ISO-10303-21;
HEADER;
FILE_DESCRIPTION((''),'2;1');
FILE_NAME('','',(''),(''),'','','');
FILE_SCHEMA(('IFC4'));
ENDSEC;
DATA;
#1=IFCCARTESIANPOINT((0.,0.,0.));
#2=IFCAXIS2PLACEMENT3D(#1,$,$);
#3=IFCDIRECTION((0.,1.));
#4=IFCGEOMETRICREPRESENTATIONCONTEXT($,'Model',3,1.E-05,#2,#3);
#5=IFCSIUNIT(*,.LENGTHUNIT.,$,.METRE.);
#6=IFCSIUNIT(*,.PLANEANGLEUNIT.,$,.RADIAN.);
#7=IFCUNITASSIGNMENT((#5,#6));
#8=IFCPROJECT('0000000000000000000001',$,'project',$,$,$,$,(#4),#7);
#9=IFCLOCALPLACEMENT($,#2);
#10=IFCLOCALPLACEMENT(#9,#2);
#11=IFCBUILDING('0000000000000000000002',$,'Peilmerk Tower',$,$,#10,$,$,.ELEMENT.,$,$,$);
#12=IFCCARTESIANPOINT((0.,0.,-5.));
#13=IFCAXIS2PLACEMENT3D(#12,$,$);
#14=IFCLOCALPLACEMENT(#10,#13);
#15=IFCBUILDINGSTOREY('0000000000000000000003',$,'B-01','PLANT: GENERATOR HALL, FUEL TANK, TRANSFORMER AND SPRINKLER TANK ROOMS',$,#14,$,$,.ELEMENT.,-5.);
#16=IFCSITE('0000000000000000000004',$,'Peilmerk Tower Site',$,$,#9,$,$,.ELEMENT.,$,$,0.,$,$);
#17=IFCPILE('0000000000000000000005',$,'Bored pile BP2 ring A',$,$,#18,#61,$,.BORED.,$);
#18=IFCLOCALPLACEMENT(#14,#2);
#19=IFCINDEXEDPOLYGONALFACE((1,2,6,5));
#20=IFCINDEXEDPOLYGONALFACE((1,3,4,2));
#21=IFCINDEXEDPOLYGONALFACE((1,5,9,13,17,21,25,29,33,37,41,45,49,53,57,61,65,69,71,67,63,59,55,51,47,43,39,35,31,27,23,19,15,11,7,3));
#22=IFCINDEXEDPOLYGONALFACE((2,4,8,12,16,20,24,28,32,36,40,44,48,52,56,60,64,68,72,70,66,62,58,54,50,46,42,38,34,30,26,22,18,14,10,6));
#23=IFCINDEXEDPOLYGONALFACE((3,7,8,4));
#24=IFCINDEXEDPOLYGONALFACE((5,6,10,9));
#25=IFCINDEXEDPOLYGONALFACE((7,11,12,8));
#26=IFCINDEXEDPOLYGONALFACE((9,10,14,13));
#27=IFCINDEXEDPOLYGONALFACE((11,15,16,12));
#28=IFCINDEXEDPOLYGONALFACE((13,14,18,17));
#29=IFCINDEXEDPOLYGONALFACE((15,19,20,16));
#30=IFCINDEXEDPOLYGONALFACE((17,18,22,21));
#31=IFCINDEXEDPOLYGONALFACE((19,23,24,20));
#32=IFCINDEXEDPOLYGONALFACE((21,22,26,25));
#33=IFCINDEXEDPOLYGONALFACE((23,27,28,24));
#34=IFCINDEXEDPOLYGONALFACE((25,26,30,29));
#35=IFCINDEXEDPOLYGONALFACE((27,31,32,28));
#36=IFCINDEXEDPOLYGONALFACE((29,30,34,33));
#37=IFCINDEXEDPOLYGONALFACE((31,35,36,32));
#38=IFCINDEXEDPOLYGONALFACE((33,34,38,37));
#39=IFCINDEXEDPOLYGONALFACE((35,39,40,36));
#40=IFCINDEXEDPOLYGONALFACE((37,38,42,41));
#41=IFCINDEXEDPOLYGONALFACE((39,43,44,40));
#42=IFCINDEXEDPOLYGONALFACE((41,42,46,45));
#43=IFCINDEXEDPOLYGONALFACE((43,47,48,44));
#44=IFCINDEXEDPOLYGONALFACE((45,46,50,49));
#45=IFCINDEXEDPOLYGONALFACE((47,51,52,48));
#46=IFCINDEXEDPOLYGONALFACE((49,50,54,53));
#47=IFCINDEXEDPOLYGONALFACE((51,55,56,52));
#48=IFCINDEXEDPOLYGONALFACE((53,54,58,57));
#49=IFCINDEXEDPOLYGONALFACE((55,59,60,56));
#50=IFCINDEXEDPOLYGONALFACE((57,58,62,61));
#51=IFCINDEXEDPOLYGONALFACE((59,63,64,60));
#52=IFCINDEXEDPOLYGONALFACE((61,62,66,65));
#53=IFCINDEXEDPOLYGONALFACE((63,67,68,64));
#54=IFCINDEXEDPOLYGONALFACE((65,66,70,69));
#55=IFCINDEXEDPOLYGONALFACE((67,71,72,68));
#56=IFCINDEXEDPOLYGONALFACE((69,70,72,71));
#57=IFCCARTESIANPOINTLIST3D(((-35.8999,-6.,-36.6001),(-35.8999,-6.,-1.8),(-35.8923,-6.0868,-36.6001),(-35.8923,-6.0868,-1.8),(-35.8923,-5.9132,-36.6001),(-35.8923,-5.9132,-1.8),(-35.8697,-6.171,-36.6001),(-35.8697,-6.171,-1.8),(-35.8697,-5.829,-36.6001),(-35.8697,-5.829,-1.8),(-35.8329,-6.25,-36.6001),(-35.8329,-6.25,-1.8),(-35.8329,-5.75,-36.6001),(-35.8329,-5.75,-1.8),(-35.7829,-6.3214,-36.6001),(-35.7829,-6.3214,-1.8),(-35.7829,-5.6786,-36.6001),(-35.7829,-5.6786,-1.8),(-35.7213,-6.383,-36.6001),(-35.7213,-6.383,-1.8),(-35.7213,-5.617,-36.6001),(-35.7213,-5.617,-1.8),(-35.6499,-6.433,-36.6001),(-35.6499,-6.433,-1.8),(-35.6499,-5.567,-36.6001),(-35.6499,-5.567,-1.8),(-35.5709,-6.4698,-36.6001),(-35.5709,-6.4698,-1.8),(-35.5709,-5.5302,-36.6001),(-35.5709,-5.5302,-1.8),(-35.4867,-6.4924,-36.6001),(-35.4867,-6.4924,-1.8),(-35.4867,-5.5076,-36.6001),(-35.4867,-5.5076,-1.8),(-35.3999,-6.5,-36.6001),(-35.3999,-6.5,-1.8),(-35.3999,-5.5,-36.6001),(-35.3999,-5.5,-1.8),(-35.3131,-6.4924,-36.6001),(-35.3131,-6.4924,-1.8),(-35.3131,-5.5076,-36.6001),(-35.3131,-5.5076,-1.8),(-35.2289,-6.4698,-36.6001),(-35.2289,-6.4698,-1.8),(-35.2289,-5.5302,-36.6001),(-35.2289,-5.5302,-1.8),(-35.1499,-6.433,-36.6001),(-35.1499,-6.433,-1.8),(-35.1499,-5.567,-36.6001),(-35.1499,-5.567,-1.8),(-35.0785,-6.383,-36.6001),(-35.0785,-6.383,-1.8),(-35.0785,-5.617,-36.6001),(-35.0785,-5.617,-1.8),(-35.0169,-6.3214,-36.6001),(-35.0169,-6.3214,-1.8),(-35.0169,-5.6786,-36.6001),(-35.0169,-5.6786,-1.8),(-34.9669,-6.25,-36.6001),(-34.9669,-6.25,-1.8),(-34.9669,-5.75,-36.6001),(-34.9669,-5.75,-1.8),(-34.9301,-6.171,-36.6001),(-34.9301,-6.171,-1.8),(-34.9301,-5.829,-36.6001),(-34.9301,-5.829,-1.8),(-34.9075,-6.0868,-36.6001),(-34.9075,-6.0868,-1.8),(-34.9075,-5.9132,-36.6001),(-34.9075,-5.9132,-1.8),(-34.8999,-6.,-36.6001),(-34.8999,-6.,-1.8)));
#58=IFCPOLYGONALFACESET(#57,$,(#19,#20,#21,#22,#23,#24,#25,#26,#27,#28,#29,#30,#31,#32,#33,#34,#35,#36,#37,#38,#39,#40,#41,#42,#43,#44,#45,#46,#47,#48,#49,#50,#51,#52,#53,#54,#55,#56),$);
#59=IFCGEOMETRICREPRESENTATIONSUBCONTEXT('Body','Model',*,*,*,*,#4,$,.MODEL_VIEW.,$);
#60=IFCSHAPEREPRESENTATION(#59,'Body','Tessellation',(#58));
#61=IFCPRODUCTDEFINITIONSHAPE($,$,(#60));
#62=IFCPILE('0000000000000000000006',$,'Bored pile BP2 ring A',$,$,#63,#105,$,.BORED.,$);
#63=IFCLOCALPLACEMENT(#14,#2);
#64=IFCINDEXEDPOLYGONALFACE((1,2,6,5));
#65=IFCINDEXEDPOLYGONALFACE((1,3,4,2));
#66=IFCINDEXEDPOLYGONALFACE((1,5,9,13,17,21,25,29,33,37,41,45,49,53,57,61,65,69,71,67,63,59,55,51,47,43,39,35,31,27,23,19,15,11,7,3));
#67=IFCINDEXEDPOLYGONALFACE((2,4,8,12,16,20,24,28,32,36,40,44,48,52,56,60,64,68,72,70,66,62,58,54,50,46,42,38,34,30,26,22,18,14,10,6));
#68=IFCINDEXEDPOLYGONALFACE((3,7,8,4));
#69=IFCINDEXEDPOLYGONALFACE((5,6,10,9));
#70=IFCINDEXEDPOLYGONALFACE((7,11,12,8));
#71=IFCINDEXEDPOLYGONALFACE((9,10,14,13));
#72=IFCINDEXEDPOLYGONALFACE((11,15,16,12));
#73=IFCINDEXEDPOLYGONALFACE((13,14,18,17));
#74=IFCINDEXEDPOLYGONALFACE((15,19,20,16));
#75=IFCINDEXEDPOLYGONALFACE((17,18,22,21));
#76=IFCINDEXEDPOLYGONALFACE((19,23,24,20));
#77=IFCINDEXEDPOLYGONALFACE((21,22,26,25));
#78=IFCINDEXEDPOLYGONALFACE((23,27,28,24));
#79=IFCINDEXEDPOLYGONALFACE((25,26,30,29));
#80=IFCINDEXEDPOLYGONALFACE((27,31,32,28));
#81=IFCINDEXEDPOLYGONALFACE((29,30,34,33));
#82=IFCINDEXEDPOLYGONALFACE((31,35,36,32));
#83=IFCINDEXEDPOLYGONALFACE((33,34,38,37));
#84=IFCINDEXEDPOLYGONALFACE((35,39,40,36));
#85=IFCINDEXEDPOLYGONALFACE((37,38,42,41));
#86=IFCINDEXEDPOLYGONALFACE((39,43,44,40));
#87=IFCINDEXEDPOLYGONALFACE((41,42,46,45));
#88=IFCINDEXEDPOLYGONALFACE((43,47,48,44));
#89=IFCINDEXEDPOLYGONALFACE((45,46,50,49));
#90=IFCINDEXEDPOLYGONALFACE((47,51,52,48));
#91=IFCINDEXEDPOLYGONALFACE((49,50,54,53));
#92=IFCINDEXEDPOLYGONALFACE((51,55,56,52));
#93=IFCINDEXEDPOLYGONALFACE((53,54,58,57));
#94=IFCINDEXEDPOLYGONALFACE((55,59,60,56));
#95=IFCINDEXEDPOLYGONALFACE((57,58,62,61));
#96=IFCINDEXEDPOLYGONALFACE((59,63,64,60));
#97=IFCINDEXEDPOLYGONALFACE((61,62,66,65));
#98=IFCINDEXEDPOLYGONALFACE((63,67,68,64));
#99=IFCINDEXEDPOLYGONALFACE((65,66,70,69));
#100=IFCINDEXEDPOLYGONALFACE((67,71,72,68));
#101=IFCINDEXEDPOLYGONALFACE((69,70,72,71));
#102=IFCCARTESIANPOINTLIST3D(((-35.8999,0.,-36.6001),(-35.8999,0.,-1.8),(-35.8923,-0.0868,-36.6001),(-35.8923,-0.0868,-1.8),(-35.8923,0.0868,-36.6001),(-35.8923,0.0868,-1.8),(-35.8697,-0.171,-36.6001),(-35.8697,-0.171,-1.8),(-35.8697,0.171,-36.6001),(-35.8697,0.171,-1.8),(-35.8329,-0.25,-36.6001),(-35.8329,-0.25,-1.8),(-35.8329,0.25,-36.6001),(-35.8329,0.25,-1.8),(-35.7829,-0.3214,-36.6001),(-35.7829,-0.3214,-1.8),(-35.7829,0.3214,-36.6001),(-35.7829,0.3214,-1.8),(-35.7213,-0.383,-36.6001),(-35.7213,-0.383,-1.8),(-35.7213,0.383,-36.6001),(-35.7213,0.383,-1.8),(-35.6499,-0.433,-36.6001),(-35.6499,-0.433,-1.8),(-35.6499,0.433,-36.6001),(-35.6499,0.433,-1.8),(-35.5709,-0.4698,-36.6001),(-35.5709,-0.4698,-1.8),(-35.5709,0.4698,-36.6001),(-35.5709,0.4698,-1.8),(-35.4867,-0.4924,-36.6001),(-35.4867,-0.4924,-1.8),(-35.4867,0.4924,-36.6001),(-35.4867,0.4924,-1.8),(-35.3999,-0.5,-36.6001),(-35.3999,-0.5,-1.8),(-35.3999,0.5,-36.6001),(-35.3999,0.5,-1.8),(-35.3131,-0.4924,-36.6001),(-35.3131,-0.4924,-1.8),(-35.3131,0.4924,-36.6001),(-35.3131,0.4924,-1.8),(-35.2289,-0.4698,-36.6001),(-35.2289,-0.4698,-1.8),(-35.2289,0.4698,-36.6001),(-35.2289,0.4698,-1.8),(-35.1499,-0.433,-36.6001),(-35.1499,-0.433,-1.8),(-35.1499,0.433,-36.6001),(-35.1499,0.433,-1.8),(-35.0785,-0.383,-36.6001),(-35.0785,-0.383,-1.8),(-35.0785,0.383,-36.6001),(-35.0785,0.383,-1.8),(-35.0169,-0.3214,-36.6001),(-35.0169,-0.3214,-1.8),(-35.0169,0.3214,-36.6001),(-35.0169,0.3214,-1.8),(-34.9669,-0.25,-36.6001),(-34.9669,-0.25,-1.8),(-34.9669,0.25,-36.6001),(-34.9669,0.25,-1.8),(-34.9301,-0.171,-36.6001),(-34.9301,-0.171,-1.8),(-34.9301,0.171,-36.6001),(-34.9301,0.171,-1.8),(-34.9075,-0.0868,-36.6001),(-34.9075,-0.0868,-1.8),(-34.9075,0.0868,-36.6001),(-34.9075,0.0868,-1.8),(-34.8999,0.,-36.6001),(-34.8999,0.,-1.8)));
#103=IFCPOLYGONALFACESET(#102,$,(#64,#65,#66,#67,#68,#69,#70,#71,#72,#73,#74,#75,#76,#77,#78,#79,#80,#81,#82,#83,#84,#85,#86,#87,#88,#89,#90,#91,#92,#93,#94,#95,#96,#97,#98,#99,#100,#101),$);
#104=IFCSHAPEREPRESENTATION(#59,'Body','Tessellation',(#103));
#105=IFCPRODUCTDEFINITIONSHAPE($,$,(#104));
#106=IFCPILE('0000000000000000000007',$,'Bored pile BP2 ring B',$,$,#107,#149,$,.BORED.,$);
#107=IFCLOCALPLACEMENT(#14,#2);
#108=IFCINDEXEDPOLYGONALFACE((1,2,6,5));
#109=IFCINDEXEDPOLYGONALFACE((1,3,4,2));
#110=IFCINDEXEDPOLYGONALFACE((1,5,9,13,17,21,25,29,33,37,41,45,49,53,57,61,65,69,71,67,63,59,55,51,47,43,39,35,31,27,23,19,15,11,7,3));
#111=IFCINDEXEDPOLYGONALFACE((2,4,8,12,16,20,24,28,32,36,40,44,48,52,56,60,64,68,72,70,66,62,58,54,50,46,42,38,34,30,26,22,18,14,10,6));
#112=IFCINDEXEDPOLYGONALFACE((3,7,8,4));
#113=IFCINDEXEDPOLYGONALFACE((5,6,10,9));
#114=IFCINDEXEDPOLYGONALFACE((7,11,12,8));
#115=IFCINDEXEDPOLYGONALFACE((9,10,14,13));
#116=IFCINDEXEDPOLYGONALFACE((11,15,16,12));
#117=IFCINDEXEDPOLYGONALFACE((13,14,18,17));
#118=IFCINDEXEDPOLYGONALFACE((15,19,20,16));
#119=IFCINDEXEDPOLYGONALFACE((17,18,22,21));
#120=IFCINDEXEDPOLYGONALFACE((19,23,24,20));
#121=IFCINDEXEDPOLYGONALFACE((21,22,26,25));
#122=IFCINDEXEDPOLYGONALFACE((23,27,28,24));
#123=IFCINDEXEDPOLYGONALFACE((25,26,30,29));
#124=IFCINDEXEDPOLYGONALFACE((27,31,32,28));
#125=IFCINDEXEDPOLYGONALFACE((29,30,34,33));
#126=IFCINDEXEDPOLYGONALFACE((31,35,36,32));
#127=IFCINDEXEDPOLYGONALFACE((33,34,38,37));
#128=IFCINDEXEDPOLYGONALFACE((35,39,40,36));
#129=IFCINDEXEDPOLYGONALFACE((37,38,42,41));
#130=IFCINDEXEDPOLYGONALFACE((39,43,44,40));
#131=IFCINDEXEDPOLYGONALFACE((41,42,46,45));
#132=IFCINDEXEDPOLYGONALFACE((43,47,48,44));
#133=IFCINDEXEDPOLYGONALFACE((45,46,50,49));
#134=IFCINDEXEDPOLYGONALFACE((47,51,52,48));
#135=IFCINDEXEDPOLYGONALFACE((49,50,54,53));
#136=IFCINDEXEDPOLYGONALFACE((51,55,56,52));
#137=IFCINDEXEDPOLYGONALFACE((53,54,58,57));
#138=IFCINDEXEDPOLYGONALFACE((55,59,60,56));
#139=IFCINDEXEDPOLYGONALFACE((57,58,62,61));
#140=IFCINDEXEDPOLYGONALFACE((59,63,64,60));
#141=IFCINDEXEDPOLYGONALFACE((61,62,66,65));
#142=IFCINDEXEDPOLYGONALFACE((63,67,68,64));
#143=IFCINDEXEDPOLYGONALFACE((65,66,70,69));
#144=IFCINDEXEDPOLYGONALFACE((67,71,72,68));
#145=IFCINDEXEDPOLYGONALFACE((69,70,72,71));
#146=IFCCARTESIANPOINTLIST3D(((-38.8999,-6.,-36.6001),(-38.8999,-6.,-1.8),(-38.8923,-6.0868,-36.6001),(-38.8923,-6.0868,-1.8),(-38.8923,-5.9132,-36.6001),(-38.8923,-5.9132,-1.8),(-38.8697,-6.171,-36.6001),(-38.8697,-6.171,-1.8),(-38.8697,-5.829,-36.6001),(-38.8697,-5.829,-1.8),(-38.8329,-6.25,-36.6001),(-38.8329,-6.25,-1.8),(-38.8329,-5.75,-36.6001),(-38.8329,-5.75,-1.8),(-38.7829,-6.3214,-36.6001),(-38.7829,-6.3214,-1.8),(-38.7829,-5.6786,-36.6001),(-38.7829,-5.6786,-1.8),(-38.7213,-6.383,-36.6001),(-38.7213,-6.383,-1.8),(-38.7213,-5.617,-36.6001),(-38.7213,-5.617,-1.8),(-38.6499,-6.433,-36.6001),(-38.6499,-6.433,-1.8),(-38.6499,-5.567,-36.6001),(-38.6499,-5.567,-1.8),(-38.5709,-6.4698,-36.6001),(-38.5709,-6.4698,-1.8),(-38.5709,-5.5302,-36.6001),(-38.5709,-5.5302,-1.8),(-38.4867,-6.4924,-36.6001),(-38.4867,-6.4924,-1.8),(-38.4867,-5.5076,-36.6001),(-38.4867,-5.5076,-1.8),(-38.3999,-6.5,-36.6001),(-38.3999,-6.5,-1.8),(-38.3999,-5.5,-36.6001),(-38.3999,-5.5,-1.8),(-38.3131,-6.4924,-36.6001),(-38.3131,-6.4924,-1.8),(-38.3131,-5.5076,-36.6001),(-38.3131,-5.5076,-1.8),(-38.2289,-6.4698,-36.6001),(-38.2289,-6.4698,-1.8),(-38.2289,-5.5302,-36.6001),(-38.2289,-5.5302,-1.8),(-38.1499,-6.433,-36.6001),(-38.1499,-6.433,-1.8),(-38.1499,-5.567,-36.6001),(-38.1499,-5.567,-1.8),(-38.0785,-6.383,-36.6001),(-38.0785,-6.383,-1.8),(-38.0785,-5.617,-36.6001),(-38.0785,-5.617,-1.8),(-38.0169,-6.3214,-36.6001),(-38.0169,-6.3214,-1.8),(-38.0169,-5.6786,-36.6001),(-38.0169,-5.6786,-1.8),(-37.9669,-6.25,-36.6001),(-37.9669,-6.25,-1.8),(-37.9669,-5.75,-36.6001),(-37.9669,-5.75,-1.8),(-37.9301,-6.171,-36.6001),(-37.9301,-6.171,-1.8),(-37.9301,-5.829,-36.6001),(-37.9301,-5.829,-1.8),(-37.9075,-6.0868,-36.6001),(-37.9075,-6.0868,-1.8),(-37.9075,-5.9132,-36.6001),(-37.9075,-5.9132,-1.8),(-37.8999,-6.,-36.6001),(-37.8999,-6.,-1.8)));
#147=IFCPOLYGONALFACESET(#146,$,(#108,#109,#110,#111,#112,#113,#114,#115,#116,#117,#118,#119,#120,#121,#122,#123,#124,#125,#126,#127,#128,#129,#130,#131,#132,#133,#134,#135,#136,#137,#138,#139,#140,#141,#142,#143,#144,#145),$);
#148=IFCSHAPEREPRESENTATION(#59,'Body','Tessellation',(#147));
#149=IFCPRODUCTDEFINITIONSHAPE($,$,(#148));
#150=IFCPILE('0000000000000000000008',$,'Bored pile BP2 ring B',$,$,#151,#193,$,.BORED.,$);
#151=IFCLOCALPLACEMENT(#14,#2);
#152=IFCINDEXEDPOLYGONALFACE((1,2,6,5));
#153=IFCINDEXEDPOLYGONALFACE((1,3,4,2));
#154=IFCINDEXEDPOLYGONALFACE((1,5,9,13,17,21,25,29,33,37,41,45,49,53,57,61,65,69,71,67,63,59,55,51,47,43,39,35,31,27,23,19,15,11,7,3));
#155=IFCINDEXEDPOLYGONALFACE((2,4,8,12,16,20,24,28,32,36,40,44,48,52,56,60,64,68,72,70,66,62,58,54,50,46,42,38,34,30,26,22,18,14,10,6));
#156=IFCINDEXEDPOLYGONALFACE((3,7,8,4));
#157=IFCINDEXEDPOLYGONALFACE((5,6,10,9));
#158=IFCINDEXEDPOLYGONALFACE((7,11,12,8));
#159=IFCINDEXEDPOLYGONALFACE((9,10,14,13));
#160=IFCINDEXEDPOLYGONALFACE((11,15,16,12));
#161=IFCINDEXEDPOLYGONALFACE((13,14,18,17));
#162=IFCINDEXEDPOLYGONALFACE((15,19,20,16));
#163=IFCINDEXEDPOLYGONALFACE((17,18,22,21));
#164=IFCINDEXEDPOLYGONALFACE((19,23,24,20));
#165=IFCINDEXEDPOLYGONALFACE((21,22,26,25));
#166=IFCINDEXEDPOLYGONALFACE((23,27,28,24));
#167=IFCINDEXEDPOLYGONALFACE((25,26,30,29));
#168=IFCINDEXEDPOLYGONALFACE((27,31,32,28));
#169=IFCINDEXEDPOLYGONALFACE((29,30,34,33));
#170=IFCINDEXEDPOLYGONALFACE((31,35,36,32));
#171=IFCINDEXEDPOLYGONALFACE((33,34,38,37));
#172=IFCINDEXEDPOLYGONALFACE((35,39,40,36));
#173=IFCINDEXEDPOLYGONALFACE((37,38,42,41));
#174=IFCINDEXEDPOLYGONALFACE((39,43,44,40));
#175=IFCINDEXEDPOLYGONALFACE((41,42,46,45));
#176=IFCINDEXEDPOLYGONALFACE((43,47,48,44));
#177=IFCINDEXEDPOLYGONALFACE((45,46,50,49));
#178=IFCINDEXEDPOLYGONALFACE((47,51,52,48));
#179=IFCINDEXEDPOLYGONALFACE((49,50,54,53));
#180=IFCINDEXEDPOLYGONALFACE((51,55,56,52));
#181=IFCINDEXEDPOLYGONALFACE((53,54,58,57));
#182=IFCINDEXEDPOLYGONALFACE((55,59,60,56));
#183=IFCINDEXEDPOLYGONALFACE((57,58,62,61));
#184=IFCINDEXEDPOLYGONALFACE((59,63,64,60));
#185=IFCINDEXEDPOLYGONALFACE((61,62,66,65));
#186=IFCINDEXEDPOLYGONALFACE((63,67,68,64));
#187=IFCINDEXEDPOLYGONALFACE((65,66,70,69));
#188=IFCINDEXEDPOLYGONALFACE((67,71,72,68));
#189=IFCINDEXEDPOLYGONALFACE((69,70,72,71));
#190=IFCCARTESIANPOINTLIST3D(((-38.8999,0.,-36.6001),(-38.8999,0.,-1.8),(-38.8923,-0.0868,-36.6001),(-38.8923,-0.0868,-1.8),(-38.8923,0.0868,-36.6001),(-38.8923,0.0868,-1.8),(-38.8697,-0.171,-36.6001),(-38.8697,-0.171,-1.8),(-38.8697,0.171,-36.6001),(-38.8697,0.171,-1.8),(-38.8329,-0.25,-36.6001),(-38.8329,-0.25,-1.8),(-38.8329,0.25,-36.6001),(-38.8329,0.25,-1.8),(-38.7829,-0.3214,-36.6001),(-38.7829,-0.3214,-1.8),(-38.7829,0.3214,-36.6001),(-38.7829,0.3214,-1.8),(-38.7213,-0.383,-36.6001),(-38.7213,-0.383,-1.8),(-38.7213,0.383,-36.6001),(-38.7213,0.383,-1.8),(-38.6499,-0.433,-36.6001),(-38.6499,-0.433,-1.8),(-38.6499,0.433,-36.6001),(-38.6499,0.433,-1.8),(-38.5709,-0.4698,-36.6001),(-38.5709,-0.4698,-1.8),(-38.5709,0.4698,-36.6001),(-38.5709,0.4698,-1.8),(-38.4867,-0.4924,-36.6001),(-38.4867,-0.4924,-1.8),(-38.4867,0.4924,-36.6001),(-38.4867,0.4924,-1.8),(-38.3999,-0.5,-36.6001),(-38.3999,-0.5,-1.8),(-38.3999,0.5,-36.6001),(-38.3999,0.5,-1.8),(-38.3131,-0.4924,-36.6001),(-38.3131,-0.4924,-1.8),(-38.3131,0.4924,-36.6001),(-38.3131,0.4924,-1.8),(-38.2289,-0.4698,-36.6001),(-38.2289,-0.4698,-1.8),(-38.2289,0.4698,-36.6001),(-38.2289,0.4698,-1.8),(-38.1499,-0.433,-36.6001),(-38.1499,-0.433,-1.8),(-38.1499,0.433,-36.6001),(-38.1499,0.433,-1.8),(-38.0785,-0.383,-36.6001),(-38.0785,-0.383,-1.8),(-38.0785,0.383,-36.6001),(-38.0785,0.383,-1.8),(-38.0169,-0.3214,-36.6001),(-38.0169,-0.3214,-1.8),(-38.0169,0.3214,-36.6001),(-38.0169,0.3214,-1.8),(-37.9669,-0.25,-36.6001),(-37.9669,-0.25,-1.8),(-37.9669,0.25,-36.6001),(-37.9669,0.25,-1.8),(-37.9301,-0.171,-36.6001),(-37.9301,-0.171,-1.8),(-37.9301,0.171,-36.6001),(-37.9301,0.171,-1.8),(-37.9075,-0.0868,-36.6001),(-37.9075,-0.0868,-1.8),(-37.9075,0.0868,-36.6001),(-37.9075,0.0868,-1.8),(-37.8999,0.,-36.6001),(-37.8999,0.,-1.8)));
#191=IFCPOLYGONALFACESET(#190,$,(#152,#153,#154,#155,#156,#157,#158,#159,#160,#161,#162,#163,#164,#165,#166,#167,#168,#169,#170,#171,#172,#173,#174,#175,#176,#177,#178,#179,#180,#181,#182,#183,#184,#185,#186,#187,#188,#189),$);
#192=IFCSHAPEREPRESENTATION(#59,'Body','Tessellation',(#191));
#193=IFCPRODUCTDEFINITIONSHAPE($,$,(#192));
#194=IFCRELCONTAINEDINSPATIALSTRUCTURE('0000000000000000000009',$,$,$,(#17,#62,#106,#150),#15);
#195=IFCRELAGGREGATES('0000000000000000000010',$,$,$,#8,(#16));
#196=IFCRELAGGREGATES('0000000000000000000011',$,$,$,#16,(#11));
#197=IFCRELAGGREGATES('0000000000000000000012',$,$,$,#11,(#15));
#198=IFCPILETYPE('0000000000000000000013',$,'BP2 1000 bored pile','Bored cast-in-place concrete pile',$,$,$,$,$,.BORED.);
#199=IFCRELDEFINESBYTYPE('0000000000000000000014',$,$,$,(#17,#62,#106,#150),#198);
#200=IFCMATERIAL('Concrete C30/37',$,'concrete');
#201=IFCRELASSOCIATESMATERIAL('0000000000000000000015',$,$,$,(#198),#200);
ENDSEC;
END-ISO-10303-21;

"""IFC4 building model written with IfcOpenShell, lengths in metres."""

from ifc_helpers import new_model, si_unit, direction, frame, origin, origin_2d, place, context, subcontext, project, spatial, circle, extrude, material, material_profile, profile_set, type_object, element, save


model = new_model("IFC4")

# Units and contexts
model_context = context("Model", 3, precision=1e-05, world=origin(), true_north=direction((0.0, 1.0)))
body_context = subcontext(model_context, "Body", "Model", "MODEL_VIEW")
ifc_project = project(units=[si_unit("LENGTHUNIT", "METRE"), si_unit("PLANEANGLEUNIT", "RADIAN")], contexts=[model_context])

# Site, building, storey
site_placement = place(None, origin())
site = spatial("IfcSite", under=ifc_project, at=site_placement, Name="Peilmerk Tower Site", CompositionType="ELEMENT", RefElevation=0.0)
building_placement = place(site_placement, origin())
building = spatial("IfcBuilding", under=site, at=building_placement, Name="Peilmerk Tower", CompositionType="ELEMENT")
storey_placement = place(building_placement, frame((0.0, 0.0, -5.0)))
storey = spatial("IfcBuildingStorey", under=building, at=storey_placement, Name="B-01", Description="PLANT: GENERATOR HALL, FUEL TANK, TRANSFORMER AND SPRINKLER TANK ROOMS", CompositionType="ELEMENT", Elevation=-5.0)

# Piles
ifc_material_1 = material(Name="Concrete C30/37", Category="concrete")
ifc_material_profile_1 = material_profile(ifc_material_1, circle(Radius=0.5, at=origin_2d()), Name="BP 1000")
ifc_profile_set_1 = profile_set([ifc_material_profile_1], Name="Concrete C30/37")
pile_type_1 = type_object("IfcPileType", Name="BP2 1000 bored pile", Description="Bored cast-in-place concrete pile", PredefinedType="BORED", material=ifc_profile_set_1)
for number, where, z_axis, x_axis, name in (
    (1, (-35.3999, -6.0, -1.8), (0.0, 0.0, -1.0), (1.0, 0.0, 0.0), "Bored pile BP2 ring A"),
    (2, (-35.3999, 0.0, -1.8), (0.0, 0.0, -1.0), (1.0, 0.0, 0.0), "Bored pile BP2 ring A"),
    (3, (-38.3999, -6.0, -1.8), (0.0, 0.0, -1.0), (1.0, 0.0, 0.0), "Bored pile BP2 ring B"),
    (4, (-38.3999, 0.0, -1.8), (0.0, 0.0, -1.0), (1.0, 0.0, 0.0), "Bored pile BP2 ring B"),
):
    element("IfcPile", number, at=place(storey_placement, frame(where, z_axis=z_axis, x_axis=x_axis)), inside=storey, type_object=pile_type_1, Name=name, PredefinedType="BORED", context=body_context, shape_type="SweptSolid", body=[
        extrude(circle(Radius=0.5, at=origin_2d()), origin(), (0.0, 0.0, 1.0), 34.8),
    ])

save(model, "model.ifc")
